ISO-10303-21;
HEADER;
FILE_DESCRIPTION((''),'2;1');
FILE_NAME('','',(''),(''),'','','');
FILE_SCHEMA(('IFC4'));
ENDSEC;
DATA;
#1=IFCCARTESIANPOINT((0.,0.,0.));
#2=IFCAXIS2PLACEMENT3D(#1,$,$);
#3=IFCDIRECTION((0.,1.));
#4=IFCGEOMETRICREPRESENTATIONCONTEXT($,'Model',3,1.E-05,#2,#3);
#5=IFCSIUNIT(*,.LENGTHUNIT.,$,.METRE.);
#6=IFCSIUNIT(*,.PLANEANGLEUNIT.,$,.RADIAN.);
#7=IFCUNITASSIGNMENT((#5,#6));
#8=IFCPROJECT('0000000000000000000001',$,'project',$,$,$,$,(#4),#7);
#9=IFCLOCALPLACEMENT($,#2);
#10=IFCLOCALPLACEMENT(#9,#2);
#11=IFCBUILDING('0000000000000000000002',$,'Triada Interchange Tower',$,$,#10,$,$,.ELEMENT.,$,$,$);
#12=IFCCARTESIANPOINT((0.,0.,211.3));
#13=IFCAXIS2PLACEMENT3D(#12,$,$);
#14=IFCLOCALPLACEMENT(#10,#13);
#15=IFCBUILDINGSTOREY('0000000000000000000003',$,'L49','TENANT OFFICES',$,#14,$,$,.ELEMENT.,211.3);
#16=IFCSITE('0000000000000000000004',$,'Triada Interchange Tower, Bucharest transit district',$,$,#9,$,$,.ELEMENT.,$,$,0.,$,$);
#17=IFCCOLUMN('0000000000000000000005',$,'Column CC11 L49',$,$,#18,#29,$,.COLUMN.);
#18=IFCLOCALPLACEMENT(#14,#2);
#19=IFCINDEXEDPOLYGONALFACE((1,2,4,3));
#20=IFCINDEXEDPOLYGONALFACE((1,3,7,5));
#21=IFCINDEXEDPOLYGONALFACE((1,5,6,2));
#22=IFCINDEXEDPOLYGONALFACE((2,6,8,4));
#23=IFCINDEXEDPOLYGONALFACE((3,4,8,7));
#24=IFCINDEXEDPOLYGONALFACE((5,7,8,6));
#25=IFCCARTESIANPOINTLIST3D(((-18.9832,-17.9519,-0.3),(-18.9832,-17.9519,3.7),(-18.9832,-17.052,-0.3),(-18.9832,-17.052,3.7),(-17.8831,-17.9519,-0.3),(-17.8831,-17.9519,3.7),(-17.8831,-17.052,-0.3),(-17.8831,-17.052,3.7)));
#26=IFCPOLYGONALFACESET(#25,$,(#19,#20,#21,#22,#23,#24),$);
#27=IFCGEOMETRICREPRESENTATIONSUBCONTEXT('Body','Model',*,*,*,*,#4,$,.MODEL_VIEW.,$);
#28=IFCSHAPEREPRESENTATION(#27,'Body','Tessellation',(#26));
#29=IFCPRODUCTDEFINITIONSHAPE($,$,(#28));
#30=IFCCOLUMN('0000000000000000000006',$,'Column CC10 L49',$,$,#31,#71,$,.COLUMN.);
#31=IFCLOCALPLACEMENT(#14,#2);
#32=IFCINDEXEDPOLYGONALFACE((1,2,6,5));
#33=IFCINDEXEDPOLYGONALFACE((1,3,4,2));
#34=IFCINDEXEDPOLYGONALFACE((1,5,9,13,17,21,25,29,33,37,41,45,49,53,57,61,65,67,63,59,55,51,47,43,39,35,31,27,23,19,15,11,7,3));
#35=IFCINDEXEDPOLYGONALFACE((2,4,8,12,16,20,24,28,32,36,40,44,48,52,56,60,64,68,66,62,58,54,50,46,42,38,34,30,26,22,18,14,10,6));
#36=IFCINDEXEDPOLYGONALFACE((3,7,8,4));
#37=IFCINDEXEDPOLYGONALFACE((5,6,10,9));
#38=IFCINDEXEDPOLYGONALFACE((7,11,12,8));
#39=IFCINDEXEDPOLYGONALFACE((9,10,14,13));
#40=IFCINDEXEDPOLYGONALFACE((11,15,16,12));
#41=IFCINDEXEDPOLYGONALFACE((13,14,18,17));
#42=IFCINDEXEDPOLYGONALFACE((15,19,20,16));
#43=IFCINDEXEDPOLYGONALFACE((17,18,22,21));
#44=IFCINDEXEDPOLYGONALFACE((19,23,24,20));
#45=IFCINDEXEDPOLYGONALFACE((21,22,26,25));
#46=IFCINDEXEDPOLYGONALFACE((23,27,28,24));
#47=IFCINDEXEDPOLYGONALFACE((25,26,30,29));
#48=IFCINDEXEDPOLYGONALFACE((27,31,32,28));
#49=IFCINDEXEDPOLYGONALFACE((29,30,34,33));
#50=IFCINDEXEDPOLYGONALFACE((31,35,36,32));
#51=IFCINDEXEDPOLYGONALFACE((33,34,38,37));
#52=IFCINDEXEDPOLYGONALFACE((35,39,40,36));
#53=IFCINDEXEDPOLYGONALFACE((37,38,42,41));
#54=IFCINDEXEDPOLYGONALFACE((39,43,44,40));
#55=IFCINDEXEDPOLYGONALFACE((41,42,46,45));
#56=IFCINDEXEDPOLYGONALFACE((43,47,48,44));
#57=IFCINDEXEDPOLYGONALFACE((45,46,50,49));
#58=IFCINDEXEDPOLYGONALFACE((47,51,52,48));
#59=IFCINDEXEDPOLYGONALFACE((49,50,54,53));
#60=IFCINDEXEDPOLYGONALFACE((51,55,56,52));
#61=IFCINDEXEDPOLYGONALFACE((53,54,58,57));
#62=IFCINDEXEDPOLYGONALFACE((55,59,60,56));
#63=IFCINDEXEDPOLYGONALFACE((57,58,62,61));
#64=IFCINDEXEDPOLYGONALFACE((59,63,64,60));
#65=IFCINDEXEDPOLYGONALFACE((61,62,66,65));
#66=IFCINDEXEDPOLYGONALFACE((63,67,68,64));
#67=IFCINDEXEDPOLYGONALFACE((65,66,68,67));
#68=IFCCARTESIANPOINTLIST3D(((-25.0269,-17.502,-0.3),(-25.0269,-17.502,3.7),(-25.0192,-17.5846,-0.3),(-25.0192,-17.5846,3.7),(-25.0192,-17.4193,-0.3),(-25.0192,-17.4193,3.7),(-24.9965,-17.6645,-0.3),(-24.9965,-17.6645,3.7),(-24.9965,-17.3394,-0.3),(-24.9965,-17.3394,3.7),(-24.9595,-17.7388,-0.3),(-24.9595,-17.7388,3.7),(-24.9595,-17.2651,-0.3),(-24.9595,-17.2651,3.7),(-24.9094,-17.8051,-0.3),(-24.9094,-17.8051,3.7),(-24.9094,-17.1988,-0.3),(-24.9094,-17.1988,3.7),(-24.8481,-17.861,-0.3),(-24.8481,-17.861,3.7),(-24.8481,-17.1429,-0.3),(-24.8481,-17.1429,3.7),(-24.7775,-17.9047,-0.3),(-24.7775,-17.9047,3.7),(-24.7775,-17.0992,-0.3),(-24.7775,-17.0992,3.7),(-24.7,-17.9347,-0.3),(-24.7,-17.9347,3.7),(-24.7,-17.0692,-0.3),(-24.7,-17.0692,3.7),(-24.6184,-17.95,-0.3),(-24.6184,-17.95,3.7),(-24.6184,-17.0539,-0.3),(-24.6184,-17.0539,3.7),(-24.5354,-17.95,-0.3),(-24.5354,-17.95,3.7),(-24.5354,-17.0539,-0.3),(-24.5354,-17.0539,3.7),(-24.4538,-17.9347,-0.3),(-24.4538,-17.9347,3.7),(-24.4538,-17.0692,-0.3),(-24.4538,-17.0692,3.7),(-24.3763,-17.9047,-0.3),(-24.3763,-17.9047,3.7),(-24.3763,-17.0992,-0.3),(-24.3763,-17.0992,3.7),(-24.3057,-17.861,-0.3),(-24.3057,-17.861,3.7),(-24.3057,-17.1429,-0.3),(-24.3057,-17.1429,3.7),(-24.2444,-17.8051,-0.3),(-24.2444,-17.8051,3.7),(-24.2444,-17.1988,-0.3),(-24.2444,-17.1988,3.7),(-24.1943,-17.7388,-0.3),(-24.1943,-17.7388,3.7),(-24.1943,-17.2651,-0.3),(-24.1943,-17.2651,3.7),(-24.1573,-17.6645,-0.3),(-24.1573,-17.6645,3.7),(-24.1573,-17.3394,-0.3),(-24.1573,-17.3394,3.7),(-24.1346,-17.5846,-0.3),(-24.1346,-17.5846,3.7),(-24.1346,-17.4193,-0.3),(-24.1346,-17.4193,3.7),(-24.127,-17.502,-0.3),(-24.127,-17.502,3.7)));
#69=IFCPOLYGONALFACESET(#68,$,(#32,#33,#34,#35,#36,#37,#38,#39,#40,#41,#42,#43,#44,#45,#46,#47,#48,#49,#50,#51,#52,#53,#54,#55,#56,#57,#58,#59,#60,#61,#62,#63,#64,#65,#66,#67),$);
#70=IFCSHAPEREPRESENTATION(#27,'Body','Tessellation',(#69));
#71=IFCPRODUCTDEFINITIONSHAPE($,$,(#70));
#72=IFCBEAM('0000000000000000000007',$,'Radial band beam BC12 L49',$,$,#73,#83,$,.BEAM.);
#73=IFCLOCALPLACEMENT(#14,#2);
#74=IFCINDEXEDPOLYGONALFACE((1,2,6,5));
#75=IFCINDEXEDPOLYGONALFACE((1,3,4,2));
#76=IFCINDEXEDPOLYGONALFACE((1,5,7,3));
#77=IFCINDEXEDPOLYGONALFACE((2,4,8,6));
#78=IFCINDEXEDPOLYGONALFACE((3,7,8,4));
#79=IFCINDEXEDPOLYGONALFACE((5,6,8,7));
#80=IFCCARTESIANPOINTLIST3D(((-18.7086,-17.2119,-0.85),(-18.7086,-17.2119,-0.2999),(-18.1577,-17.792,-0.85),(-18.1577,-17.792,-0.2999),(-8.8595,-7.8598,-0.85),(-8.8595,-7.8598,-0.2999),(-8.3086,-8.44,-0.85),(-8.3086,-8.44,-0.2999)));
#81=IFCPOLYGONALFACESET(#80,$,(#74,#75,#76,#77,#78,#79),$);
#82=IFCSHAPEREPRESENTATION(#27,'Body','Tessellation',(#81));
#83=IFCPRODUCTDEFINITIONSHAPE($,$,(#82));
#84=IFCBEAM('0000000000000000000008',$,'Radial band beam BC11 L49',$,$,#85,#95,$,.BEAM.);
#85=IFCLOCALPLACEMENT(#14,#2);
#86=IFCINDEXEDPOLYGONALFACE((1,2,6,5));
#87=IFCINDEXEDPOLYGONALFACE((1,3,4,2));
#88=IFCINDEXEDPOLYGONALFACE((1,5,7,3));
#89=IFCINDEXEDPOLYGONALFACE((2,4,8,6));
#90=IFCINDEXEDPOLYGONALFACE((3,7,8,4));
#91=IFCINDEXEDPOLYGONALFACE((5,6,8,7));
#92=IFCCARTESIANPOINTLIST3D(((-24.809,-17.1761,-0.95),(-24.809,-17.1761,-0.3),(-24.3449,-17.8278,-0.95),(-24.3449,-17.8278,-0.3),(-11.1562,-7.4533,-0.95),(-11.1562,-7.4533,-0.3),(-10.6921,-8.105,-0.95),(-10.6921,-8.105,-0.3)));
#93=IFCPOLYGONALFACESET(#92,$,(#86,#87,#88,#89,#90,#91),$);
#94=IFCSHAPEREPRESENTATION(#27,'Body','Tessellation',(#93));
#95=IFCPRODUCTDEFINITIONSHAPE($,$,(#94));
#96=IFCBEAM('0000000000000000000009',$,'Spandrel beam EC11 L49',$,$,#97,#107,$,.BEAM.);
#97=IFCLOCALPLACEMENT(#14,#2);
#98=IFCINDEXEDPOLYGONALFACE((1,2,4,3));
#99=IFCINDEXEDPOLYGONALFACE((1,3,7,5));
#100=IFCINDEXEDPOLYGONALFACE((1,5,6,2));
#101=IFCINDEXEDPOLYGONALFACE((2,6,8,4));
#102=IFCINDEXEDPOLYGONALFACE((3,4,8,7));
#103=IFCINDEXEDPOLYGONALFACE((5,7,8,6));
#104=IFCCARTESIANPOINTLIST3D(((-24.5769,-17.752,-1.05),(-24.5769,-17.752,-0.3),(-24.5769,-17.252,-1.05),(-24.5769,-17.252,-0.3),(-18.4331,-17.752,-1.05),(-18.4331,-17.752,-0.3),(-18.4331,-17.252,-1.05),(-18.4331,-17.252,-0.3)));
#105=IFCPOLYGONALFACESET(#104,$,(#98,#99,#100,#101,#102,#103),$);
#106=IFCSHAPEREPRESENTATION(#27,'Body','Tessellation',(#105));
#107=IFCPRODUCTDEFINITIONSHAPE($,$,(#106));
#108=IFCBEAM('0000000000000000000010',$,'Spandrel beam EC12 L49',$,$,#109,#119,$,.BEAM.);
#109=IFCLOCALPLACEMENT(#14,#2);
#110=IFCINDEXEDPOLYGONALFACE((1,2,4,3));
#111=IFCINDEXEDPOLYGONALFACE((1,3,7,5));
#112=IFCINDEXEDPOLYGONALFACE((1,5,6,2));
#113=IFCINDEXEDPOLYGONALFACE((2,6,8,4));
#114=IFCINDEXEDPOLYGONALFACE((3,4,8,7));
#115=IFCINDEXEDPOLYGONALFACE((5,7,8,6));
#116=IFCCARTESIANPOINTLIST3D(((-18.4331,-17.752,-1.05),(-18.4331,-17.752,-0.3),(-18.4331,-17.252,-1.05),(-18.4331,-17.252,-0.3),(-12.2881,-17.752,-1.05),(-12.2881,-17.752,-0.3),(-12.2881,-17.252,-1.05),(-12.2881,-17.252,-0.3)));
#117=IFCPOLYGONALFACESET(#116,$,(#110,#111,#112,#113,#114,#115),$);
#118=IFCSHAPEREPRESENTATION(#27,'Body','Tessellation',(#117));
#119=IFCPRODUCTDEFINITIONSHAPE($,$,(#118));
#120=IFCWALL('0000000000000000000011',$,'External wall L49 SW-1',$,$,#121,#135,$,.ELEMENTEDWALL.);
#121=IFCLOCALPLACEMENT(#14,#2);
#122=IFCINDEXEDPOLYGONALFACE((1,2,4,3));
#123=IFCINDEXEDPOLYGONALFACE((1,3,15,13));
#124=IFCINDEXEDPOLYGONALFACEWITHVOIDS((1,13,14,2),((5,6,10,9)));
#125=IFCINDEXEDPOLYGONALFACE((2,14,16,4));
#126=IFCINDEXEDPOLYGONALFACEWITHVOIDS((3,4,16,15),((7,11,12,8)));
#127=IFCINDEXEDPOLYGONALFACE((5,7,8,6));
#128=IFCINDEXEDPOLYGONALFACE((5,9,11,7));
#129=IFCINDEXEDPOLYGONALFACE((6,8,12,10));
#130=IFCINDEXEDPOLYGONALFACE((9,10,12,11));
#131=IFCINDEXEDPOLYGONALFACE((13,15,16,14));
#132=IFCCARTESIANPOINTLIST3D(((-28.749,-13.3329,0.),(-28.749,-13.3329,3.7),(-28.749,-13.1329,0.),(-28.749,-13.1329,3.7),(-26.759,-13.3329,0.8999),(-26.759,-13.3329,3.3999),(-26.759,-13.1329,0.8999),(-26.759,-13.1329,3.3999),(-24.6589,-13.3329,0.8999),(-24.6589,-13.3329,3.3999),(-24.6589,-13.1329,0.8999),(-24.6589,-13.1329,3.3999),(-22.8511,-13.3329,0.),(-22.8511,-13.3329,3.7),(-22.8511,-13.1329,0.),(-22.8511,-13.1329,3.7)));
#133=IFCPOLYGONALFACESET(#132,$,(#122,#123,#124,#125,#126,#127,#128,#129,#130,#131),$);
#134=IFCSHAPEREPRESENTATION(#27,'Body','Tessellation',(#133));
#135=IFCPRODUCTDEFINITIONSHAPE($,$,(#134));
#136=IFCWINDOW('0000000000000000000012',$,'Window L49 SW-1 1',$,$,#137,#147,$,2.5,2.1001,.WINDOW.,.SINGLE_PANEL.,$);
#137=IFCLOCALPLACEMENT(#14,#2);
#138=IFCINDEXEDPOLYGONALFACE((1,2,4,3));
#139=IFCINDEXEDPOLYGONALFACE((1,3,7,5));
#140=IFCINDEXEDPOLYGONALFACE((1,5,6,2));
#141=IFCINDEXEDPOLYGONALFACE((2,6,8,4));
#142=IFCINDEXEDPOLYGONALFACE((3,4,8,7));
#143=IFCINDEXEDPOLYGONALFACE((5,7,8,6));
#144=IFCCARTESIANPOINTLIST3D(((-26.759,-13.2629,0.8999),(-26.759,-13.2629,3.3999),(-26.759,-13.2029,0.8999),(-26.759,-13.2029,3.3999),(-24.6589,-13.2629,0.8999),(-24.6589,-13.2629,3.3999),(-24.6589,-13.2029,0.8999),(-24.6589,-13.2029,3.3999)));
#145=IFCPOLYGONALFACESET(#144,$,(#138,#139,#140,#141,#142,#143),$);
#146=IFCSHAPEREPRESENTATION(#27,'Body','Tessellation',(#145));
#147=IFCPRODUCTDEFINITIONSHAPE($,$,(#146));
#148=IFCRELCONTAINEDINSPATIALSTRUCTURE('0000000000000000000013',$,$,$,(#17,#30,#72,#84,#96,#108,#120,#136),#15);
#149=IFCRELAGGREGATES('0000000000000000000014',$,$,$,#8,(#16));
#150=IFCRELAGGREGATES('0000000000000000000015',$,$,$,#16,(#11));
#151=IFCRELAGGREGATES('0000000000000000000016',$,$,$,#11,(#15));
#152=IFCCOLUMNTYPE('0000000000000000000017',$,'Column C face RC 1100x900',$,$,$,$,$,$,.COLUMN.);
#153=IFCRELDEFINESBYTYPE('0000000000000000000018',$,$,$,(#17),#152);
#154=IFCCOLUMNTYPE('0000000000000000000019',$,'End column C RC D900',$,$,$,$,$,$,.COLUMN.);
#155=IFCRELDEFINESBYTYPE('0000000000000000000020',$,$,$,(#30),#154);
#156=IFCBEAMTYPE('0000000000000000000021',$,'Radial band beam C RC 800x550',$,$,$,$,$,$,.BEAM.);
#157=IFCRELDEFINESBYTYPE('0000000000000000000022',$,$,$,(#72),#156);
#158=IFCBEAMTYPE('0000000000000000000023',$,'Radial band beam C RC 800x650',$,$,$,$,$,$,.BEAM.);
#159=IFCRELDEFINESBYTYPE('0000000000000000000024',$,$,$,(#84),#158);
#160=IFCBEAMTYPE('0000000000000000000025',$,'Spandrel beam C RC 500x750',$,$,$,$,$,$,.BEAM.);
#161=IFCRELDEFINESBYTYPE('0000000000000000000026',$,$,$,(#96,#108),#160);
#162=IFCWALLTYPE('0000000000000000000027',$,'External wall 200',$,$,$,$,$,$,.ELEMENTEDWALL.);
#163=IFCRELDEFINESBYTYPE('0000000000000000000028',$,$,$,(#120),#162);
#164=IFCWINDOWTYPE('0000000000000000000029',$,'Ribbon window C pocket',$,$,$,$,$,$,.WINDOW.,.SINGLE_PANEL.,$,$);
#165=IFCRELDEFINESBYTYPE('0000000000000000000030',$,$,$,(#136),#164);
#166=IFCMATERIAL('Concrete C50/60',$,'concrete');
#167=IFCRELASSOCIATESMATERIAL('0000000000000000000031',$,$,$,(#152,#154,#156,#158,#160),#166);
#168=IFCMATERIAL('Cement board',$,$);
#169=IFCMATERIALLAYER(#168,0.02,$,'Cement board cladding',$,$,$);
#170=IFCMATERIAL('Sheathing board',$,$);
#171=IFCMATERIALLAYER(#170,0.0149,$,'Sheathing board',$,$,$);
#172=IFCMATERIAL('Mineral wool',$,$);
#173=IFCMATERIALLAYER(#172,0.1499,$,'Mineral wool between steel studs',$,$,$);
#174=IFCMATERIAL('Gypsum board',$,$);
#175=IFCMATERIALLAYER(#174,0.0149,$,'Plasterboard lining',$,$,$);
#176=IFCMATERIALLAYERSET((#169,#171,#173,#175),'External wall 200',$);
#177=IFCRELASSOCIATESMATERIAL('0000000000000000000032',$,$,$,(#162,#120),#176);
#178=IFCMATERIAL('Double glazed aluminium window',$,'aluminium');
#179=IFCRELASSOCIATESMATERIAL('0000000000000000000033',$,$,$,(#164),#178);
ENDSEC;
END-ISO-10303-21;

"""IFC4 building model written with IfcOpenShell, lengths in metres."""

from ifc_helpers import new_model, si_unit, direction, frame, frame_2d, origin, origin_2d, place, context, subcontext, project, spatial, rectangle, circle, extrude, material, layer, layer_set, layer_usage, material_profile, profile_set, type_object, element, fill, save


model = new_model("IFC4")

# Units and contexts
model_context = context("Model", 3, precision=1e-05, world=origin(), true_north=direction((0.0, 1.0)))
body_context = subcontext(model_context, "Body", "Model", "MODEL_VIEW")
ifc_project = project(units=[si_unit("LENGTHUNIT", "METRE"), si_unit("PLANEANGLEUNIT", "RADIAN")], contexts=[model_context])

# Site, building, storey
site_placement = place(None, origin())
site = spatial("IfcSite", under=ifc_project, at=site_placement, Name="Triada Interchange Tower, Bucharest transit district", CompositionType="ELEMENT", RefElevation=0.0)
building_placement = place(site_placement, origin())
building = spatial("IfcBuilding", under=site, at=building_placement, Name="Triada Interchange Tower", CompositionType="ELEMENT")
storey_placement = place(building_placement, frame((0.0, 0.0, 211.3)))
storey = spatial("IfcBuildingStorey", under=building, at=storey_placement, Name="L49", Description="TENANT OFFICES", CompositionType="ELEMENT", Elevation=211.3)

# Columns
ifc_material_1 = material(Name="Concrete C50/60", Category="concrete")
ifc_material_profile_1 = material_profile(ifc_material_1, rectangle(XDim=1.1001, YDim=0.8999, at=origin_2d()), Name="RC 1100x900")
ifc_profile_set_1 = profile_set([ifc_material_profile_1], Name="Concrete C50/60")
column_type_1 = type_object("IfcColumnType", Name="Column C face RC 1100x900", PredefinedType="COLUMN", material=ifc_profile_set_1)
column_1_placement = place(storey_placement, frame((-18.4331, -17.502, -0.3), z_axis=(0.0, 0.0, 1.0), x_axis=(1.0, 0.0, 0.0)))
element("IfcColumn", 1, at=column_1_placement, inside=storey, type_object=column_type_1, Name="Column CC11 L49", PredefinedType="COLUMN", context=body_context, shape_type="SweptSolid", body=[
    extrude(rectangle(XDim=1.1001, YDim=0.8999, at=origin_2d()), origin(), (0.0, 0.0, 1.0), 4.0),
])
ifc_material_profile_2 = material_profile(ifc_material_1, circle(Radius=0.45, at=origin_2d()), Name="RC D900")
ifc_profile_set_2 = profile_set([ifc_material_profile_2], Name="Concrete C50/60")
column_type_2 = type_object("IfcColumnType", Name="End column C RC D900", PredefinedType="COLUMN", material=ifc_profile_set_2)
column_2_placement = place(storey_placement, frame((-24.5769, -17.502, -0.3), z_axis=(0.0, 0.0, 1.0), x_axis=(1.0, 0.0, 0.0)))
element("IfcColumn", 2, at=column_2_placement, inside=storey, type_object=column_type_2, Name="Column CC10 L49", PredefinedType="COLUMN", context=body_context, shape_type="SweptSolid", body=[
    extrude(circle(Radius=0.45, at=origin_2d()), origin(), (0.0, 0.0, 1.0), 4.0),
])

# Beams
ifc_material_profile_3 = material_profile(ifc_material_1, rectangle(XDim=0.8, YDim=0.55, at=origin_2d()), Name="RC 800x550")
ifc_profile_set_3 = profile_set([ifc_material_profile_3], Name="Concrete C50/60")
beam_type_1 = type_object("IfcBeamType", Name="Radial band beam C RC 800x550", PredefinedType="BEAM", material=ifc_profile_set_3)
beam_1_placement = place(storey_placement, frame((-18.4331, -17.502, -0.575), z_axis=(0.725169, 0.688571, 0.0), x_axis=(-0.688571, 0.725169, 0.0)))
element("IfcBeam", 3, at=beam_1_placement, inside=storey, type_object=beam_type_1, Name="Radial band beam BC12 L49", PredefinedType="BEAM", context=body_context, shape_type="SweptSolid", body=[
    extrude(rectangle(XDim=0.8, YDim=0.55, at=origin_2d()), origin(), (0.0, 0.0, 1.0), 13.5818),
])
ifc_material_profile_4 = material_profile(ifc_material_1, rectangle(XDim=0.8, YDim=0.6499, at=origin_2d()), Name="RC 800x650")
ifc_profile_set_4 = profile_set([ifc_material_profile_4], Name="Concrete C50/60")
beam_type_2 = type_object("IfcBeamType", Name="Radial band beam C RC 800x650", PredefinedType="BEAM", material=ifc_profile_set_4)
beam_2_placement = place(storey_placement, frame((-24.5769, -17.502, -0.625), z_axis=(0.814554, 0.580087, 0.0), x_axis=(-0.580087, 0.814554, 0.0)))
element("IfcBeam", 4, at=beam_2_placement, inside=storey, type_object=beam_type_2, Name="Radial band beam BC11 L49", PredefinedType="BEAM", context=body_context, shape_type="SweptSolid", body=[
    extrude(rectangle(XDim=0.8, YDim=0.6499, at=origin_2d()), origin(), (0.0, 0.0, 1.0), 16.761),
])
ifc_material_profile_5 = material_profile(ifc_material_1, rectangle(XDim=0.5, YDim=0.75, at=origin_2d()), Name="RC 500x750")
ifc_profile_set_5 = profile_set([ifc_material_profile_5], Name="Concrete C50/60")
beam_type_3 = type_object("IfcBeamType", Name="Spandrel beam C RC 500x750", PredefinedType="BEAM", material=ifc_profile_set_5)
beam_3_placement = place(storey_placement, frame((-24.5769, -17.502, -0.675), z_axis=(1.0, 0.0, 0.0), x_axis=(0.0, 1.0, 0.0)))
element("IfcBeam", 5, at=beam_3_placement, inside=storey, type_object=beam_type_3, Name="Spandrel beam EC11 L49", PredefinedType="BEAM", context=body_context, shape_type="SweptSolid", body=[
    extrude(rectangle(XDim=0.5, YDim=0.75, at=origin_2d()), origin(), (0.0, 0.0, 1.0), 6.1438),
])
beam_4_placement = place(storey_placement, frame((-18.4331, -17.502, -0.675), z_axis=(1.0, 0.0, 0.0), x_axis=(0.0, 1.0, 0.0)))
element("IfcBeam", 6, at=beam_4_placement, inside=storey, type_object=beam_type_3, Name="Spandrel beam EC12 L49", PredefinedType="BEAM", context=body_context, shape_type="SweptSolid", body=[
    extrude(rectangle(XDim=0.5, YDim=0.75, at=origin_2d()), origin(), (0.0, 0.0, 1.0), 6.145),
])

# Wall, opening, window
ifc_material_2 = material(Name="Cement board")
ifc_layer_1 = layer(ifc_material_2, 0.02, Name="Cement board cladding")
ifc_material_3 = material(Name="Sheathing board")
ifc_layer_2 = layer(ifc_material_3, 0.0149, Name="Sheathing board")
ifc_material_4 = material(Name="Mineral wool")
ifc_layer_3 = layer(ifc_material_4, 0.1499, Name="Mineral wool between steel studs")
ifc_material_5 = material(Name="Gypsum board")
ifc_layer_4 = layer(ifc_material_5, 0.0149, Name="Plasterboard lining")
ifc_layer_set_1 = layer_set([ifc_layer_1, ifc_layer_2, ifc_layer_3, ifc_layer_4], Name="External wall 200")
ifc_layer_usage = layer_usage(ifc_layer_set_1, "AXIS2", "POSITIVE", -0.1001)
wall_type_1 = type_object("IfcWallType", Name="External wall 200", PredefinedType="ELEMENTEDWALL", material=ifc_layer_set_1)
wall_1_placement = place(storey_placement, frame((-28.749, -13.2329, 0.0), z_axis=(0.0, 0.0, 1.0), x_axis=(1.0, 0.0, 0.0)))
wall_1 = element("IfcWall", 7, at=wall_1_placement, inside=storey, type_object=wall_type_1, material=ifc_layer_usage, Name="External wall L49 SW-1", PredefinedType="ELEMENTEDWALL", context=body_context, shape_type="SweptSolid", body=[
    extrude(rectangle(XDim=5.8979, YDim=0.2, at=frame_2d((2.949, 0.0))), origin(), (0.0, 0.0, 1.0), 3.7),
])
opening_1_placement = place(wall_1_placement, frame((1.99, 0.0, 0.8999)))
opening_1 = element("IfcOpeningElement", 8, at=opening_1_placement, cuts=wall_1, PredefinedType="OPENING", context=body_context, shape_type="SweptSolid", body=[
    extrude(rectangle(XDim=2.1001, YDim=2.5, at=frame_2d((1.05, 1.25))), frame((0.0, 0.1099, 0.0), z_axis=(0.0, -1.0, 0.0), x_axis=(1.0, 0.0, 0.0)), (0.0, 0.0, 1.0), 0.22),
])
ifc_material_6 = material(Name="Double glazed aluminium window", Category="aluminium")
window_type_1 = type_object("IfcWindowType", Name="Ribbon window C pocket", PartitioningType="SINGLE_PANEL", PredefinedType="WINDOW", material=ifc_material_6)
window_1_placement = place(opening_1_placement, origin())
window_1 = element("IfcWindow", 9, at=window_1_placement, inside=storey, type_object=window_type_1, Name="Window L49 SW-1 1", OverallHeight=2.5, OverallWidth=2.1001, PartitioningType="SINGLE_PANEL", PredefinedType="WINDOW", context=body_context, shape_type="SweptSolid", body=[
    extrude(rectangle(XDim=2.1001, YDim=2.5, at=frame_2d((1.05, 1.25))), frame((0.0, 0.03, 0.0), z_axis=(0.0, -1.0, 0.0), x_axis=(1.0, 0.0, 0.0)), (0.0, 0.0, 1.0), 0.0601),
])
fill(opening_1, window_1)

save(model, "model.ifc")
